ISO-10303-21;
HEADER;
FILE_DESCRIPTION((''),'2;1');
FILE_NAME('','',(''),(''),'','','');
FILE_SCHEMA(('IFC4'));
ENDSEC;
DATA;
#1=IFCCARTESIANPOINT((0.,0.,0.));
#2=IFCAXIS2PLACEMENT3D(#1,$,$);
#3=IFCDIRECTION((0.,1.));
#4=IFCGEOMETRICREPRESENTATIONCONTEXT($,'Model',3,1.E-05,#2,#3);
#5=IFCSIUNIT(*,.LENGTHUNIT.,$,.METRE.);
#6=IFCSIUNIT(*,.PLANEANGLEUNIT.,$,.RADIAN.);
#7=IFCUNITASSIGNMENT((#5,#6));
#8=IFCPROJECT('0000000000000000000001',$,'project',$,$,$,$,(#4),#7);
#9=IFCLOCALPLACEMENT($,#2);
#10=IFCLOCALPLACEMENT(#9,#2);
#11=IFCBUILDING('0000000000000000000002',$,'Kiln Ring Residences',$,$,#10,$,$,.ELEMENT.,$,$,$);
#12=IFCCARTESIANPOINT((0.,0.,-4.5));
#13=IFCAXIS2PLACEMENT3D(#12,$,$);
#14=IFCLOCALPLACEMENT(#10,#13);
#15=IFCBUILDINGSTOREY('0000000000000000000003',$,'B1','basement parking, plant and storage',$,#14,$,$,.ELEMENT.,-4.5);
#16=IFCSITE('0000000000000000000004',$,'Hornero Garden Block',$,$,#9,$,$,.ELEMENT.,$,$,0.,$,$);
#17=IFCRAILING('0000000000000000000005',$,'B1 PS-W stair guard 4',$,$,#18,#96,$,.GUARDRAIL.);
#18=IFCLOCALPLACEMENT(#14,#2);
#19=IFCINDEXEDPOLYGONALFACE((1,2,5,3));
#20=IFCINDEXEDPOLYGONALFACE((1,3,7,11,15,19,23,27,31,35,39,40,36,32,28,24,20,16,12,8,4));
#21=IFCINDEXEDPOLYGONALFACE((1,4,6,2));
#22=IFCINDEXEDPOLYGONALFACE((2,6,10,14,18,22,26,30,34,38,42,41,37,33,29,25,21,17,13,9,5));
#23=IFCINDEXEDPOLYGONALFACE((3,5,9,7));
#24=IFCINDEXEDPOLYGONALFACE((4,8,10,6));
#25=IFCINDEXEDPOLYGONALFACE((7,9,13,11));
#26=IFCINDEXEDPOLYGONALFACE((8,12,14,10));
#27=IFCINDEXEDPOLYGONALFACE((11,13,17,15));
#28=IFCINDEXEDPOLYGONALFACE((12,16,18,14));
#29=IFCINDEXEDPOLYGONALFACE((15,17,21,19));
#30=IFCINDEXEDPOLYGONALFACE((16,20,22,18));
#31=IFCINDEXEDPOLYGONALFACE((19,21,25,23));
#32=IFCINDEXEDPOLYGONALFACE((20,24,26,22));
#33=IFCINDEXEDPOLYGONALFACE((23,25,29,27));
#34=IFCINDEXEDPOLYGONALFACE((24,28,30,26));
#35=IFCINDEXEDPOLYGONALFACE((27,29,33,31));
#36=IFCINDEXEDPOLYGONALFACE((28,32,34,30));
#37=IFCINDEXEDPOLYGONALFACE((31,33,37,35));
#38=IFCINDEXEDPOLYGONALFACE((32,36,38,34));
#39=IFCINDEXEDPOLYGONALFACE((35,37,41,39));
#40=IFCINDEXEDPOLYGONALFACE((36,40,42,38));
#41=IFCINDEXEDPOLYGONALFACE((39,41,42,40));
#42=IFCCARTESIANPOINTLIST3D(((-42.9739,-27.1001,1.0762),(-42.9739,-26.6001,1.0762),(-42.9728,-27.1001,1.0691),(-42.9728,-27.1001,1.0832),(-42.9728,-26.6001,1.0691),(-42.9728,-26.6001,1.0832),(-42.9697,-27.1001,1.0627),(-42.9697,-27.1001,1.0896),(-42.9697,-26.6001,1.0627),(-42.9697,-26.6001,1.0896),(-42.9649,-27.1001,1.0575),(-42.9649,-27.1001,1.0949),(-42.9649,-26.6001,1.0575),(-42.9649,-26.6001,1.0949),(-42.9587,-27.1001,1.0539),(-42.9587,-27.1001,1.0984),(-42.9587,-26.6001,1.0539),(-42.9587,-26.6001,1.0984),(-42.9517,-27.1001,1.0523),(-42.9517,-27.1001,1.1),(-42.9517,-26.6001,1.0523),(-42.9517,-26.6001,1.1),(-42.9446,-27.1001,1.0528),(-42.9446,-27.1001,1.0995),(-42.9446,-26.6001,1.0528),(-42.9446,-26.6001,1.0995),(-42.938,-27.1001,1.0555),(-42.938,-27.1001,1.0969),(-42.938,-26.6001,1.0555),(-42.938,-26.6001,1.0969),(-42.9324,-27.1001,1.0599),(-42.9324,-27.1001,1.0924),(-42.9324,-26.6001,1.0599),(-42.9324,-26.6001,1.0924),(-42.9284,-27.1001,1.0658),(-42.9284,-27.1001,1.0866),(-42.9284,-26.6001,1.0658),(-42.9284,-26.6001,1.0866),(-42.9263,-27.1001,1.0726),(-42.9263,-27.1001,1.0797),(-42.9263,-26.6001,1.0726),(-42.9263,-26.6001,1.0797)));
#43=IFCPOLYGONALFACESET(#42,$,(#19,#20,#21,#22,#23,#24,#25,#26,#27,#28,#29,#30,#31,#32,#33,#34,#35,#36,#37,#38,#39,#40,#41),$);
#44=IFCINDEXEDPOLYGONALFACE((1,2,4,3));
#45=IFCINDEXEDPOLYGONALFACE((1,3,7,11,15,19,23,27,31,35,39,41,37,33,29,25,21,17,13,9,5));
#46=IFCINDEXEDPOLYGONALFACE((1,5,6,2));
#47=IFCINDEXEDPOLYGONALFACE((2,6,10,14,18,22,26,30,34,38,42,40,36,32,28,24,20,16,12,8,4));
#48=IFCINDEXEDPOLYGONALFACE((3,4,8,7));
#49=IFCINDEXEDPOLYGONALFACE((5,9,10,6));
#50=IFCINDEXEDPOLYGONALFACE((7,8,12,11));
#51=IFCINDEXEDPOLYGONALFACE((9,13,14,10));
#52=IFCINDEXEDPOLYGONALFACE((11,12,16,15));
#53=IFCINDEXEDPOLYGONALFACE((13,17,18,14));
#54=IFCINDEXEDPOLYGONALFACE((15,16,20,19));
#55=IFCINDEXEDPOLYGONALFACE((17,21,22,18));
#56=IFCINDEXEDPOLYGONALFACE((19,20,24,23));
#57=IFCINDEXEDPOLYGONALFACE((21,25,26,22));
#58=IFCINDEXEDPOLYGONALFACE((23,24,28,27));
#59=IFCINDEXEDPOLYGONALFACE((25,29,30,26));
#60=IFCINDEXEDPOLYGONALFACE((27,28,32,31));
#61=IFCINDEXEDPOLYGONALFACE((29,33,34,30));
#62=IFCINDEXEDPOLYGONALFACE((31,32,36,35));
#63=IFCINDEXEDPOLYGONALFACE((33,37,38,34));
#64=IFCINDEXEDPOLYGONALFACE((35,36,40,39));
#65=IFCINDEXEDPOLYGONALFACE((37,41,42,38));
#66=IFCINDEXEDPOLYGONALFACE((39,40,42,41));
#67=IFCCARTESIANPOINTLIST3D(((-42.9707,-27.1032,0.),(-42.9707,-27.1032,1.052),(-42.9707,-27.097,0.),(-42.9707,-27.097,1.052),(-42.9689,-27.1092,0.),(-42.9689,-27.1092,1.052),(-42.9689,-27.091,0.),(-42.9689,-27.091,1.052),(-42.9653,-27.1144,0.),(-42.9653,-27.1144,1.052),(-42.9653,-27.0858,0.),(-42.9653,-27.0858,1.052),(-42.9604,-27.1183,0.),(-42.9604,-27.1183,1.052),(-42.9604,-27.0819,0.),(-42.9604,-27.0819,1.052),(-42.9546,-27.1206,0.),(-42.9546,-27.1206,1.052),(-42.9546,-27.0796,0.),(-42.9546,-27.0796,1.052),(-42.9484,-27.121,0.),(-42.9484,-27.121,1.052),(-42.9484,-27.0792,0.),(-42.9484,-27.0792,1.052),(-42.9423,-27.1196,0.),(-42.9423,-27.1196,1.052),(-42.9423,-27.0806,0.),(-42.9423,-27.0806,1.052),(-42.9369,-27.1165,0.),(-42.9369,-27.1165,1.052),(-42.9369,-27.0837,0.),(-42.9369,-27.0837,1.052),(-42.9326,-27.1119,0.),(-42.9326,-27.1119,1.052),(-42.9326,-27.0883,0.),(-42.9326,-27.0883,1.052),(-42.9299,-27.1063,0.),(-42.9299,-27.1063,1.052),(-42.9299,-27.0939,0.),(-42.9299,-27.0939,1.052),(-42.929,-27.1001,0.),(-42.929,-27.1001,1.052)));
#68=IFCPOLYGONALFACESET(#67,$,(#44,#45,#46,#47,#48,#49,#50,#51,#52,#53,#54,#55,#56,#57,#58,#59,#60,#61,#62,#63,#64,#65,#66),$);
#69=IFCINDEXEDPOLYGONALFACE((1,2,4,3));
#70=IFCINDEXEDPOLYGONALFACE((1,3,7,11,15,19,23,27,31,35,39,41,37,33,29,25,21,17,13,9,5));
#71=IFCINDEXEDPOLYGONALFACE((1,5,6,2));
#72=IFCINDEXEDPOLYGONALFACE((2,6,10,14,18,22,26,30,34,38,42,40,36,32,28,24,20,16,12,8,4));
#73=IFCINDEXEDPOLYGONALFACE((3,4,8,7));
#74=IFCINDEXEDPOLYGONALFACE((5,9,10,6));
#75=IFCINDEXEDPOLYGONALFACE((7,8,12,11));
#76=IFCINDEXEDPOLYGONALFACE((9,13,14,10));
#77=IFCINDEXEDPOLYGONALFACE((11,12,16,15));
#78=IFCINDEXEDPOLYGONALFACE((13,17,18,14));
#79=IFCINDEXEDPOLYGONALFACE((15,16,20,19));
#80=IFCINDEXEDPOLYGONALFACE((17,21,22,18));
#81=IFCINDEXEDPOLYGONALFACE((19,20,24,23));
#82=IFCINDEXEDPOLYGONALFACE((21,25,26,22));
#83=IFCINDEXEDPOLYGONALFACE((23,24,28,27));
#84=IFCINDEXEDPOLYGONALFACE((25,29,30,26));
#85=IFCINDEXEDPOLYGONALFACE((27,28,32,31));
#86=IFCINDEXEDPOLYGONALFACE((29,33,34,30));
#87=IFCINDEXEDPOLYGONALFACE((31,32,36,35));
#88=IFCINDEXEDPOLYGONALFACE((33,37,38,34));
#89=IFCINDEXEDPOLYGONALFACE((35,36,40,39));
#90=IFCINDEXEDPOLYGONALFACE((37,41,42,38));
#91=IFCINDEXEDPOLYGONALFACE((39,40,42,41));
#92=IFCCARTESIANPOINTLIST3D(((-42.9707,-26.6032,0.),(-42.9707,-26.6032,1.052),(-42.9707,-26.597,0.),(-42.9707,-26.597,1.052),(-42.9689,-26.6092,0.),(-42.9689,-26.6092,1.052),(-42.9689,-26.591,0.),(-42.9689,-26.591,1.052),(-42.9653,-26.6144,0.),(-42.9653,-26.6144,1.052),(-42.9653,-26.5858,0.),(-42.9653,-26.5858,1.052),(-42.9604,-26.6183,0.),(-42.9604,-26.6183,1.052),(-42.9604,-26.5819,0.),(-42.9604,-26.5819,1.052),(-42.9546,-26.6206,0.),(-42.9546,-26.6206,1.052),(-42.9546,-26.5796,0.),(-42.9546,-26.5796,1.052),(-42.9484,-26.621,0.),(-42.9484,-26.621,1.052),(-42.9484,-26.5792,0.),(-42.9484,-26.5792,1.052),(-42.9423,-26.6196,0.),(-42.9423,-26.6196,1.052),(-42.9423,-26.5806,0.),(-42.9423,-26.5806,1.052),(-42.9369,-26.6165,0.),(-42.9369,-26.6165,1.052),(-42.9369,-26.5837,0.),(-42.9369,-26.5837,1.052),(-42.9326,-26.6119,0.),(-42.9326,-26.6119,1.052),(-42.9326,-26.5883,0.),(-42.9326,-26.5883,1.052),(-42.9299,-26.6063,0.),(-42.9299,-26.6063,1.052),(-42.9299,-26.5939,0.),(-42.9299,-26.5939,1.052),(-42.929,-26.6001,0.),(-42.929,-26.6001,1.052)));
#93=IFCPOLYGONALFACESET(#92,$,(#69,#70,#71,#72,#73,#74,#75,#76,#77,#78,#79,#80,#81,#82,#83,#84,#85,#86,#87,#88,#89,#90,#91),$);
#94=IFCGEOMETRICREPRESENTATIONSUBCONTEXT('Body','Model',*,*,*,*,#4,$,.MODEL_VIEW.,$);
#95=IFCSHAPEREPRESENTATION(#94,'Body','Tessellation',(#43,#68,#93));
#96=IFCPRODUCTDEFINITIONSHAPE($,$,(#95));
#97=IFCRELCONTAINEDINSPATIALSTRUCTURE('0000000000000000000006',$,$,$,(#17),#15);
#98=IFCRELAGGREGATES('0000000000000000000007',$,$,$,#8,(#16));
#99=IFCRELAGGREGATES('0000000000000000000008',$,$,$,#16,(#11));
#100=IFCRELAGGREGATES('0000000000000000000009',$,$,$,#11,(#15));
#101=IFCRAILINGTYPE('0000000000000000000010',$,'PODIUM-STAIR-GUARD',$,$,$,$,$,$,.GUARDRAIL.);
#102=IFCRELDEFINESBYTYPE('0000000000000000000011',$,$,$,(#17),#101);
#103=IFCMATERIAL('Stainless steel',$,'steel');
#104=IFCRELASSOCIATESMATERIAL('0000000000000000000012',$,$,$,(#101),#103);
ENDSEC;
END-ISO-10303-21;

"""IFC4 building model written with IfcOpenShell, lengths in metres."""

from ifc_helpers import new_model, si_unit, direction, frame, origin, origin_2d, place, context, subcontext, project, spatial, circle, extrude, material, type_object, element, save


model = new_model("IFC4")

# Units and contexts
model_context = context("Model", 3, precision=1e-05, world=origin(), true_north=direction((0.0, 1.0)))
body_context = subcontext(model_context, "Body", "Model", "MODEL_VIEW")
ifc_project = project(units=[si_unit("LENGTHUNIT", "METRE"), si_unit("PLANEANGLEUNIT", "RADIAN")], contexts=[model_context])

# Site, building, storey
site_placement = place(None, origin())
site = spatial("IfcSite", under=ifc_project, at=site_placement, Name="Hornero Garden Block", CompositionType="ELEMENT", RefElevation=0.0)
building_placement = place(site_placement, origin())
building = spatial("IfcBuilding", under=site, at=building_placement, Name="Kiln Ring Residences", CompositionType="ELEMENT")
storey_placement = place(building_placement, frame((0.0, 0.0, -4.5)))
storey = spatial("IfcBuildingStorey", under=building, at=storey_placement, Name="B1", Description="basement parking, plant and storage", CompositionType="ELEMENT", Elevation=-4.5)

# Railing
ifc_material_1 = material(Name="Stainless steel", Category="steel")
railing_type_1 = type_object("IfcRailingType", Name="PODIUM-STAIR-GUARD", PredefinedType="GUARDRAIL", material=ifc_material_1)
railing_1_placement = place(storey_placement, frame((-42.95, -27.1001, 0.0)))
element("IfcRailing", 1, at=railing_1_placement, inside=storey, type_object=railing_type_1, Name="B1 PS-W stair guard 4", PredefinedType="GUARDRAIL", context=body_context, shape_type="SweptSolid", body=[
    extrude(circle(Radius=0.0239, at=origin_2d()), frame((0.0, 0.0, 1.0762), z_axis=(0.0, 1.0, 0.0), x_axis=(-1.0, 0.0, 0.0)), (0.0, 0.0, 1.0), 0.5),
    extrude(circle(Radius=0.021, at=origin_2d()), origin(), (0.0, 0.0, 1.0), 1.052),
    extrude(circle(Radius=0.021, at=origin_2d()), frame((0.0, 0.5, 0.0)), (0.0, 0.0, 1.0), 1.052),
])

save(model, "model.ifc")
